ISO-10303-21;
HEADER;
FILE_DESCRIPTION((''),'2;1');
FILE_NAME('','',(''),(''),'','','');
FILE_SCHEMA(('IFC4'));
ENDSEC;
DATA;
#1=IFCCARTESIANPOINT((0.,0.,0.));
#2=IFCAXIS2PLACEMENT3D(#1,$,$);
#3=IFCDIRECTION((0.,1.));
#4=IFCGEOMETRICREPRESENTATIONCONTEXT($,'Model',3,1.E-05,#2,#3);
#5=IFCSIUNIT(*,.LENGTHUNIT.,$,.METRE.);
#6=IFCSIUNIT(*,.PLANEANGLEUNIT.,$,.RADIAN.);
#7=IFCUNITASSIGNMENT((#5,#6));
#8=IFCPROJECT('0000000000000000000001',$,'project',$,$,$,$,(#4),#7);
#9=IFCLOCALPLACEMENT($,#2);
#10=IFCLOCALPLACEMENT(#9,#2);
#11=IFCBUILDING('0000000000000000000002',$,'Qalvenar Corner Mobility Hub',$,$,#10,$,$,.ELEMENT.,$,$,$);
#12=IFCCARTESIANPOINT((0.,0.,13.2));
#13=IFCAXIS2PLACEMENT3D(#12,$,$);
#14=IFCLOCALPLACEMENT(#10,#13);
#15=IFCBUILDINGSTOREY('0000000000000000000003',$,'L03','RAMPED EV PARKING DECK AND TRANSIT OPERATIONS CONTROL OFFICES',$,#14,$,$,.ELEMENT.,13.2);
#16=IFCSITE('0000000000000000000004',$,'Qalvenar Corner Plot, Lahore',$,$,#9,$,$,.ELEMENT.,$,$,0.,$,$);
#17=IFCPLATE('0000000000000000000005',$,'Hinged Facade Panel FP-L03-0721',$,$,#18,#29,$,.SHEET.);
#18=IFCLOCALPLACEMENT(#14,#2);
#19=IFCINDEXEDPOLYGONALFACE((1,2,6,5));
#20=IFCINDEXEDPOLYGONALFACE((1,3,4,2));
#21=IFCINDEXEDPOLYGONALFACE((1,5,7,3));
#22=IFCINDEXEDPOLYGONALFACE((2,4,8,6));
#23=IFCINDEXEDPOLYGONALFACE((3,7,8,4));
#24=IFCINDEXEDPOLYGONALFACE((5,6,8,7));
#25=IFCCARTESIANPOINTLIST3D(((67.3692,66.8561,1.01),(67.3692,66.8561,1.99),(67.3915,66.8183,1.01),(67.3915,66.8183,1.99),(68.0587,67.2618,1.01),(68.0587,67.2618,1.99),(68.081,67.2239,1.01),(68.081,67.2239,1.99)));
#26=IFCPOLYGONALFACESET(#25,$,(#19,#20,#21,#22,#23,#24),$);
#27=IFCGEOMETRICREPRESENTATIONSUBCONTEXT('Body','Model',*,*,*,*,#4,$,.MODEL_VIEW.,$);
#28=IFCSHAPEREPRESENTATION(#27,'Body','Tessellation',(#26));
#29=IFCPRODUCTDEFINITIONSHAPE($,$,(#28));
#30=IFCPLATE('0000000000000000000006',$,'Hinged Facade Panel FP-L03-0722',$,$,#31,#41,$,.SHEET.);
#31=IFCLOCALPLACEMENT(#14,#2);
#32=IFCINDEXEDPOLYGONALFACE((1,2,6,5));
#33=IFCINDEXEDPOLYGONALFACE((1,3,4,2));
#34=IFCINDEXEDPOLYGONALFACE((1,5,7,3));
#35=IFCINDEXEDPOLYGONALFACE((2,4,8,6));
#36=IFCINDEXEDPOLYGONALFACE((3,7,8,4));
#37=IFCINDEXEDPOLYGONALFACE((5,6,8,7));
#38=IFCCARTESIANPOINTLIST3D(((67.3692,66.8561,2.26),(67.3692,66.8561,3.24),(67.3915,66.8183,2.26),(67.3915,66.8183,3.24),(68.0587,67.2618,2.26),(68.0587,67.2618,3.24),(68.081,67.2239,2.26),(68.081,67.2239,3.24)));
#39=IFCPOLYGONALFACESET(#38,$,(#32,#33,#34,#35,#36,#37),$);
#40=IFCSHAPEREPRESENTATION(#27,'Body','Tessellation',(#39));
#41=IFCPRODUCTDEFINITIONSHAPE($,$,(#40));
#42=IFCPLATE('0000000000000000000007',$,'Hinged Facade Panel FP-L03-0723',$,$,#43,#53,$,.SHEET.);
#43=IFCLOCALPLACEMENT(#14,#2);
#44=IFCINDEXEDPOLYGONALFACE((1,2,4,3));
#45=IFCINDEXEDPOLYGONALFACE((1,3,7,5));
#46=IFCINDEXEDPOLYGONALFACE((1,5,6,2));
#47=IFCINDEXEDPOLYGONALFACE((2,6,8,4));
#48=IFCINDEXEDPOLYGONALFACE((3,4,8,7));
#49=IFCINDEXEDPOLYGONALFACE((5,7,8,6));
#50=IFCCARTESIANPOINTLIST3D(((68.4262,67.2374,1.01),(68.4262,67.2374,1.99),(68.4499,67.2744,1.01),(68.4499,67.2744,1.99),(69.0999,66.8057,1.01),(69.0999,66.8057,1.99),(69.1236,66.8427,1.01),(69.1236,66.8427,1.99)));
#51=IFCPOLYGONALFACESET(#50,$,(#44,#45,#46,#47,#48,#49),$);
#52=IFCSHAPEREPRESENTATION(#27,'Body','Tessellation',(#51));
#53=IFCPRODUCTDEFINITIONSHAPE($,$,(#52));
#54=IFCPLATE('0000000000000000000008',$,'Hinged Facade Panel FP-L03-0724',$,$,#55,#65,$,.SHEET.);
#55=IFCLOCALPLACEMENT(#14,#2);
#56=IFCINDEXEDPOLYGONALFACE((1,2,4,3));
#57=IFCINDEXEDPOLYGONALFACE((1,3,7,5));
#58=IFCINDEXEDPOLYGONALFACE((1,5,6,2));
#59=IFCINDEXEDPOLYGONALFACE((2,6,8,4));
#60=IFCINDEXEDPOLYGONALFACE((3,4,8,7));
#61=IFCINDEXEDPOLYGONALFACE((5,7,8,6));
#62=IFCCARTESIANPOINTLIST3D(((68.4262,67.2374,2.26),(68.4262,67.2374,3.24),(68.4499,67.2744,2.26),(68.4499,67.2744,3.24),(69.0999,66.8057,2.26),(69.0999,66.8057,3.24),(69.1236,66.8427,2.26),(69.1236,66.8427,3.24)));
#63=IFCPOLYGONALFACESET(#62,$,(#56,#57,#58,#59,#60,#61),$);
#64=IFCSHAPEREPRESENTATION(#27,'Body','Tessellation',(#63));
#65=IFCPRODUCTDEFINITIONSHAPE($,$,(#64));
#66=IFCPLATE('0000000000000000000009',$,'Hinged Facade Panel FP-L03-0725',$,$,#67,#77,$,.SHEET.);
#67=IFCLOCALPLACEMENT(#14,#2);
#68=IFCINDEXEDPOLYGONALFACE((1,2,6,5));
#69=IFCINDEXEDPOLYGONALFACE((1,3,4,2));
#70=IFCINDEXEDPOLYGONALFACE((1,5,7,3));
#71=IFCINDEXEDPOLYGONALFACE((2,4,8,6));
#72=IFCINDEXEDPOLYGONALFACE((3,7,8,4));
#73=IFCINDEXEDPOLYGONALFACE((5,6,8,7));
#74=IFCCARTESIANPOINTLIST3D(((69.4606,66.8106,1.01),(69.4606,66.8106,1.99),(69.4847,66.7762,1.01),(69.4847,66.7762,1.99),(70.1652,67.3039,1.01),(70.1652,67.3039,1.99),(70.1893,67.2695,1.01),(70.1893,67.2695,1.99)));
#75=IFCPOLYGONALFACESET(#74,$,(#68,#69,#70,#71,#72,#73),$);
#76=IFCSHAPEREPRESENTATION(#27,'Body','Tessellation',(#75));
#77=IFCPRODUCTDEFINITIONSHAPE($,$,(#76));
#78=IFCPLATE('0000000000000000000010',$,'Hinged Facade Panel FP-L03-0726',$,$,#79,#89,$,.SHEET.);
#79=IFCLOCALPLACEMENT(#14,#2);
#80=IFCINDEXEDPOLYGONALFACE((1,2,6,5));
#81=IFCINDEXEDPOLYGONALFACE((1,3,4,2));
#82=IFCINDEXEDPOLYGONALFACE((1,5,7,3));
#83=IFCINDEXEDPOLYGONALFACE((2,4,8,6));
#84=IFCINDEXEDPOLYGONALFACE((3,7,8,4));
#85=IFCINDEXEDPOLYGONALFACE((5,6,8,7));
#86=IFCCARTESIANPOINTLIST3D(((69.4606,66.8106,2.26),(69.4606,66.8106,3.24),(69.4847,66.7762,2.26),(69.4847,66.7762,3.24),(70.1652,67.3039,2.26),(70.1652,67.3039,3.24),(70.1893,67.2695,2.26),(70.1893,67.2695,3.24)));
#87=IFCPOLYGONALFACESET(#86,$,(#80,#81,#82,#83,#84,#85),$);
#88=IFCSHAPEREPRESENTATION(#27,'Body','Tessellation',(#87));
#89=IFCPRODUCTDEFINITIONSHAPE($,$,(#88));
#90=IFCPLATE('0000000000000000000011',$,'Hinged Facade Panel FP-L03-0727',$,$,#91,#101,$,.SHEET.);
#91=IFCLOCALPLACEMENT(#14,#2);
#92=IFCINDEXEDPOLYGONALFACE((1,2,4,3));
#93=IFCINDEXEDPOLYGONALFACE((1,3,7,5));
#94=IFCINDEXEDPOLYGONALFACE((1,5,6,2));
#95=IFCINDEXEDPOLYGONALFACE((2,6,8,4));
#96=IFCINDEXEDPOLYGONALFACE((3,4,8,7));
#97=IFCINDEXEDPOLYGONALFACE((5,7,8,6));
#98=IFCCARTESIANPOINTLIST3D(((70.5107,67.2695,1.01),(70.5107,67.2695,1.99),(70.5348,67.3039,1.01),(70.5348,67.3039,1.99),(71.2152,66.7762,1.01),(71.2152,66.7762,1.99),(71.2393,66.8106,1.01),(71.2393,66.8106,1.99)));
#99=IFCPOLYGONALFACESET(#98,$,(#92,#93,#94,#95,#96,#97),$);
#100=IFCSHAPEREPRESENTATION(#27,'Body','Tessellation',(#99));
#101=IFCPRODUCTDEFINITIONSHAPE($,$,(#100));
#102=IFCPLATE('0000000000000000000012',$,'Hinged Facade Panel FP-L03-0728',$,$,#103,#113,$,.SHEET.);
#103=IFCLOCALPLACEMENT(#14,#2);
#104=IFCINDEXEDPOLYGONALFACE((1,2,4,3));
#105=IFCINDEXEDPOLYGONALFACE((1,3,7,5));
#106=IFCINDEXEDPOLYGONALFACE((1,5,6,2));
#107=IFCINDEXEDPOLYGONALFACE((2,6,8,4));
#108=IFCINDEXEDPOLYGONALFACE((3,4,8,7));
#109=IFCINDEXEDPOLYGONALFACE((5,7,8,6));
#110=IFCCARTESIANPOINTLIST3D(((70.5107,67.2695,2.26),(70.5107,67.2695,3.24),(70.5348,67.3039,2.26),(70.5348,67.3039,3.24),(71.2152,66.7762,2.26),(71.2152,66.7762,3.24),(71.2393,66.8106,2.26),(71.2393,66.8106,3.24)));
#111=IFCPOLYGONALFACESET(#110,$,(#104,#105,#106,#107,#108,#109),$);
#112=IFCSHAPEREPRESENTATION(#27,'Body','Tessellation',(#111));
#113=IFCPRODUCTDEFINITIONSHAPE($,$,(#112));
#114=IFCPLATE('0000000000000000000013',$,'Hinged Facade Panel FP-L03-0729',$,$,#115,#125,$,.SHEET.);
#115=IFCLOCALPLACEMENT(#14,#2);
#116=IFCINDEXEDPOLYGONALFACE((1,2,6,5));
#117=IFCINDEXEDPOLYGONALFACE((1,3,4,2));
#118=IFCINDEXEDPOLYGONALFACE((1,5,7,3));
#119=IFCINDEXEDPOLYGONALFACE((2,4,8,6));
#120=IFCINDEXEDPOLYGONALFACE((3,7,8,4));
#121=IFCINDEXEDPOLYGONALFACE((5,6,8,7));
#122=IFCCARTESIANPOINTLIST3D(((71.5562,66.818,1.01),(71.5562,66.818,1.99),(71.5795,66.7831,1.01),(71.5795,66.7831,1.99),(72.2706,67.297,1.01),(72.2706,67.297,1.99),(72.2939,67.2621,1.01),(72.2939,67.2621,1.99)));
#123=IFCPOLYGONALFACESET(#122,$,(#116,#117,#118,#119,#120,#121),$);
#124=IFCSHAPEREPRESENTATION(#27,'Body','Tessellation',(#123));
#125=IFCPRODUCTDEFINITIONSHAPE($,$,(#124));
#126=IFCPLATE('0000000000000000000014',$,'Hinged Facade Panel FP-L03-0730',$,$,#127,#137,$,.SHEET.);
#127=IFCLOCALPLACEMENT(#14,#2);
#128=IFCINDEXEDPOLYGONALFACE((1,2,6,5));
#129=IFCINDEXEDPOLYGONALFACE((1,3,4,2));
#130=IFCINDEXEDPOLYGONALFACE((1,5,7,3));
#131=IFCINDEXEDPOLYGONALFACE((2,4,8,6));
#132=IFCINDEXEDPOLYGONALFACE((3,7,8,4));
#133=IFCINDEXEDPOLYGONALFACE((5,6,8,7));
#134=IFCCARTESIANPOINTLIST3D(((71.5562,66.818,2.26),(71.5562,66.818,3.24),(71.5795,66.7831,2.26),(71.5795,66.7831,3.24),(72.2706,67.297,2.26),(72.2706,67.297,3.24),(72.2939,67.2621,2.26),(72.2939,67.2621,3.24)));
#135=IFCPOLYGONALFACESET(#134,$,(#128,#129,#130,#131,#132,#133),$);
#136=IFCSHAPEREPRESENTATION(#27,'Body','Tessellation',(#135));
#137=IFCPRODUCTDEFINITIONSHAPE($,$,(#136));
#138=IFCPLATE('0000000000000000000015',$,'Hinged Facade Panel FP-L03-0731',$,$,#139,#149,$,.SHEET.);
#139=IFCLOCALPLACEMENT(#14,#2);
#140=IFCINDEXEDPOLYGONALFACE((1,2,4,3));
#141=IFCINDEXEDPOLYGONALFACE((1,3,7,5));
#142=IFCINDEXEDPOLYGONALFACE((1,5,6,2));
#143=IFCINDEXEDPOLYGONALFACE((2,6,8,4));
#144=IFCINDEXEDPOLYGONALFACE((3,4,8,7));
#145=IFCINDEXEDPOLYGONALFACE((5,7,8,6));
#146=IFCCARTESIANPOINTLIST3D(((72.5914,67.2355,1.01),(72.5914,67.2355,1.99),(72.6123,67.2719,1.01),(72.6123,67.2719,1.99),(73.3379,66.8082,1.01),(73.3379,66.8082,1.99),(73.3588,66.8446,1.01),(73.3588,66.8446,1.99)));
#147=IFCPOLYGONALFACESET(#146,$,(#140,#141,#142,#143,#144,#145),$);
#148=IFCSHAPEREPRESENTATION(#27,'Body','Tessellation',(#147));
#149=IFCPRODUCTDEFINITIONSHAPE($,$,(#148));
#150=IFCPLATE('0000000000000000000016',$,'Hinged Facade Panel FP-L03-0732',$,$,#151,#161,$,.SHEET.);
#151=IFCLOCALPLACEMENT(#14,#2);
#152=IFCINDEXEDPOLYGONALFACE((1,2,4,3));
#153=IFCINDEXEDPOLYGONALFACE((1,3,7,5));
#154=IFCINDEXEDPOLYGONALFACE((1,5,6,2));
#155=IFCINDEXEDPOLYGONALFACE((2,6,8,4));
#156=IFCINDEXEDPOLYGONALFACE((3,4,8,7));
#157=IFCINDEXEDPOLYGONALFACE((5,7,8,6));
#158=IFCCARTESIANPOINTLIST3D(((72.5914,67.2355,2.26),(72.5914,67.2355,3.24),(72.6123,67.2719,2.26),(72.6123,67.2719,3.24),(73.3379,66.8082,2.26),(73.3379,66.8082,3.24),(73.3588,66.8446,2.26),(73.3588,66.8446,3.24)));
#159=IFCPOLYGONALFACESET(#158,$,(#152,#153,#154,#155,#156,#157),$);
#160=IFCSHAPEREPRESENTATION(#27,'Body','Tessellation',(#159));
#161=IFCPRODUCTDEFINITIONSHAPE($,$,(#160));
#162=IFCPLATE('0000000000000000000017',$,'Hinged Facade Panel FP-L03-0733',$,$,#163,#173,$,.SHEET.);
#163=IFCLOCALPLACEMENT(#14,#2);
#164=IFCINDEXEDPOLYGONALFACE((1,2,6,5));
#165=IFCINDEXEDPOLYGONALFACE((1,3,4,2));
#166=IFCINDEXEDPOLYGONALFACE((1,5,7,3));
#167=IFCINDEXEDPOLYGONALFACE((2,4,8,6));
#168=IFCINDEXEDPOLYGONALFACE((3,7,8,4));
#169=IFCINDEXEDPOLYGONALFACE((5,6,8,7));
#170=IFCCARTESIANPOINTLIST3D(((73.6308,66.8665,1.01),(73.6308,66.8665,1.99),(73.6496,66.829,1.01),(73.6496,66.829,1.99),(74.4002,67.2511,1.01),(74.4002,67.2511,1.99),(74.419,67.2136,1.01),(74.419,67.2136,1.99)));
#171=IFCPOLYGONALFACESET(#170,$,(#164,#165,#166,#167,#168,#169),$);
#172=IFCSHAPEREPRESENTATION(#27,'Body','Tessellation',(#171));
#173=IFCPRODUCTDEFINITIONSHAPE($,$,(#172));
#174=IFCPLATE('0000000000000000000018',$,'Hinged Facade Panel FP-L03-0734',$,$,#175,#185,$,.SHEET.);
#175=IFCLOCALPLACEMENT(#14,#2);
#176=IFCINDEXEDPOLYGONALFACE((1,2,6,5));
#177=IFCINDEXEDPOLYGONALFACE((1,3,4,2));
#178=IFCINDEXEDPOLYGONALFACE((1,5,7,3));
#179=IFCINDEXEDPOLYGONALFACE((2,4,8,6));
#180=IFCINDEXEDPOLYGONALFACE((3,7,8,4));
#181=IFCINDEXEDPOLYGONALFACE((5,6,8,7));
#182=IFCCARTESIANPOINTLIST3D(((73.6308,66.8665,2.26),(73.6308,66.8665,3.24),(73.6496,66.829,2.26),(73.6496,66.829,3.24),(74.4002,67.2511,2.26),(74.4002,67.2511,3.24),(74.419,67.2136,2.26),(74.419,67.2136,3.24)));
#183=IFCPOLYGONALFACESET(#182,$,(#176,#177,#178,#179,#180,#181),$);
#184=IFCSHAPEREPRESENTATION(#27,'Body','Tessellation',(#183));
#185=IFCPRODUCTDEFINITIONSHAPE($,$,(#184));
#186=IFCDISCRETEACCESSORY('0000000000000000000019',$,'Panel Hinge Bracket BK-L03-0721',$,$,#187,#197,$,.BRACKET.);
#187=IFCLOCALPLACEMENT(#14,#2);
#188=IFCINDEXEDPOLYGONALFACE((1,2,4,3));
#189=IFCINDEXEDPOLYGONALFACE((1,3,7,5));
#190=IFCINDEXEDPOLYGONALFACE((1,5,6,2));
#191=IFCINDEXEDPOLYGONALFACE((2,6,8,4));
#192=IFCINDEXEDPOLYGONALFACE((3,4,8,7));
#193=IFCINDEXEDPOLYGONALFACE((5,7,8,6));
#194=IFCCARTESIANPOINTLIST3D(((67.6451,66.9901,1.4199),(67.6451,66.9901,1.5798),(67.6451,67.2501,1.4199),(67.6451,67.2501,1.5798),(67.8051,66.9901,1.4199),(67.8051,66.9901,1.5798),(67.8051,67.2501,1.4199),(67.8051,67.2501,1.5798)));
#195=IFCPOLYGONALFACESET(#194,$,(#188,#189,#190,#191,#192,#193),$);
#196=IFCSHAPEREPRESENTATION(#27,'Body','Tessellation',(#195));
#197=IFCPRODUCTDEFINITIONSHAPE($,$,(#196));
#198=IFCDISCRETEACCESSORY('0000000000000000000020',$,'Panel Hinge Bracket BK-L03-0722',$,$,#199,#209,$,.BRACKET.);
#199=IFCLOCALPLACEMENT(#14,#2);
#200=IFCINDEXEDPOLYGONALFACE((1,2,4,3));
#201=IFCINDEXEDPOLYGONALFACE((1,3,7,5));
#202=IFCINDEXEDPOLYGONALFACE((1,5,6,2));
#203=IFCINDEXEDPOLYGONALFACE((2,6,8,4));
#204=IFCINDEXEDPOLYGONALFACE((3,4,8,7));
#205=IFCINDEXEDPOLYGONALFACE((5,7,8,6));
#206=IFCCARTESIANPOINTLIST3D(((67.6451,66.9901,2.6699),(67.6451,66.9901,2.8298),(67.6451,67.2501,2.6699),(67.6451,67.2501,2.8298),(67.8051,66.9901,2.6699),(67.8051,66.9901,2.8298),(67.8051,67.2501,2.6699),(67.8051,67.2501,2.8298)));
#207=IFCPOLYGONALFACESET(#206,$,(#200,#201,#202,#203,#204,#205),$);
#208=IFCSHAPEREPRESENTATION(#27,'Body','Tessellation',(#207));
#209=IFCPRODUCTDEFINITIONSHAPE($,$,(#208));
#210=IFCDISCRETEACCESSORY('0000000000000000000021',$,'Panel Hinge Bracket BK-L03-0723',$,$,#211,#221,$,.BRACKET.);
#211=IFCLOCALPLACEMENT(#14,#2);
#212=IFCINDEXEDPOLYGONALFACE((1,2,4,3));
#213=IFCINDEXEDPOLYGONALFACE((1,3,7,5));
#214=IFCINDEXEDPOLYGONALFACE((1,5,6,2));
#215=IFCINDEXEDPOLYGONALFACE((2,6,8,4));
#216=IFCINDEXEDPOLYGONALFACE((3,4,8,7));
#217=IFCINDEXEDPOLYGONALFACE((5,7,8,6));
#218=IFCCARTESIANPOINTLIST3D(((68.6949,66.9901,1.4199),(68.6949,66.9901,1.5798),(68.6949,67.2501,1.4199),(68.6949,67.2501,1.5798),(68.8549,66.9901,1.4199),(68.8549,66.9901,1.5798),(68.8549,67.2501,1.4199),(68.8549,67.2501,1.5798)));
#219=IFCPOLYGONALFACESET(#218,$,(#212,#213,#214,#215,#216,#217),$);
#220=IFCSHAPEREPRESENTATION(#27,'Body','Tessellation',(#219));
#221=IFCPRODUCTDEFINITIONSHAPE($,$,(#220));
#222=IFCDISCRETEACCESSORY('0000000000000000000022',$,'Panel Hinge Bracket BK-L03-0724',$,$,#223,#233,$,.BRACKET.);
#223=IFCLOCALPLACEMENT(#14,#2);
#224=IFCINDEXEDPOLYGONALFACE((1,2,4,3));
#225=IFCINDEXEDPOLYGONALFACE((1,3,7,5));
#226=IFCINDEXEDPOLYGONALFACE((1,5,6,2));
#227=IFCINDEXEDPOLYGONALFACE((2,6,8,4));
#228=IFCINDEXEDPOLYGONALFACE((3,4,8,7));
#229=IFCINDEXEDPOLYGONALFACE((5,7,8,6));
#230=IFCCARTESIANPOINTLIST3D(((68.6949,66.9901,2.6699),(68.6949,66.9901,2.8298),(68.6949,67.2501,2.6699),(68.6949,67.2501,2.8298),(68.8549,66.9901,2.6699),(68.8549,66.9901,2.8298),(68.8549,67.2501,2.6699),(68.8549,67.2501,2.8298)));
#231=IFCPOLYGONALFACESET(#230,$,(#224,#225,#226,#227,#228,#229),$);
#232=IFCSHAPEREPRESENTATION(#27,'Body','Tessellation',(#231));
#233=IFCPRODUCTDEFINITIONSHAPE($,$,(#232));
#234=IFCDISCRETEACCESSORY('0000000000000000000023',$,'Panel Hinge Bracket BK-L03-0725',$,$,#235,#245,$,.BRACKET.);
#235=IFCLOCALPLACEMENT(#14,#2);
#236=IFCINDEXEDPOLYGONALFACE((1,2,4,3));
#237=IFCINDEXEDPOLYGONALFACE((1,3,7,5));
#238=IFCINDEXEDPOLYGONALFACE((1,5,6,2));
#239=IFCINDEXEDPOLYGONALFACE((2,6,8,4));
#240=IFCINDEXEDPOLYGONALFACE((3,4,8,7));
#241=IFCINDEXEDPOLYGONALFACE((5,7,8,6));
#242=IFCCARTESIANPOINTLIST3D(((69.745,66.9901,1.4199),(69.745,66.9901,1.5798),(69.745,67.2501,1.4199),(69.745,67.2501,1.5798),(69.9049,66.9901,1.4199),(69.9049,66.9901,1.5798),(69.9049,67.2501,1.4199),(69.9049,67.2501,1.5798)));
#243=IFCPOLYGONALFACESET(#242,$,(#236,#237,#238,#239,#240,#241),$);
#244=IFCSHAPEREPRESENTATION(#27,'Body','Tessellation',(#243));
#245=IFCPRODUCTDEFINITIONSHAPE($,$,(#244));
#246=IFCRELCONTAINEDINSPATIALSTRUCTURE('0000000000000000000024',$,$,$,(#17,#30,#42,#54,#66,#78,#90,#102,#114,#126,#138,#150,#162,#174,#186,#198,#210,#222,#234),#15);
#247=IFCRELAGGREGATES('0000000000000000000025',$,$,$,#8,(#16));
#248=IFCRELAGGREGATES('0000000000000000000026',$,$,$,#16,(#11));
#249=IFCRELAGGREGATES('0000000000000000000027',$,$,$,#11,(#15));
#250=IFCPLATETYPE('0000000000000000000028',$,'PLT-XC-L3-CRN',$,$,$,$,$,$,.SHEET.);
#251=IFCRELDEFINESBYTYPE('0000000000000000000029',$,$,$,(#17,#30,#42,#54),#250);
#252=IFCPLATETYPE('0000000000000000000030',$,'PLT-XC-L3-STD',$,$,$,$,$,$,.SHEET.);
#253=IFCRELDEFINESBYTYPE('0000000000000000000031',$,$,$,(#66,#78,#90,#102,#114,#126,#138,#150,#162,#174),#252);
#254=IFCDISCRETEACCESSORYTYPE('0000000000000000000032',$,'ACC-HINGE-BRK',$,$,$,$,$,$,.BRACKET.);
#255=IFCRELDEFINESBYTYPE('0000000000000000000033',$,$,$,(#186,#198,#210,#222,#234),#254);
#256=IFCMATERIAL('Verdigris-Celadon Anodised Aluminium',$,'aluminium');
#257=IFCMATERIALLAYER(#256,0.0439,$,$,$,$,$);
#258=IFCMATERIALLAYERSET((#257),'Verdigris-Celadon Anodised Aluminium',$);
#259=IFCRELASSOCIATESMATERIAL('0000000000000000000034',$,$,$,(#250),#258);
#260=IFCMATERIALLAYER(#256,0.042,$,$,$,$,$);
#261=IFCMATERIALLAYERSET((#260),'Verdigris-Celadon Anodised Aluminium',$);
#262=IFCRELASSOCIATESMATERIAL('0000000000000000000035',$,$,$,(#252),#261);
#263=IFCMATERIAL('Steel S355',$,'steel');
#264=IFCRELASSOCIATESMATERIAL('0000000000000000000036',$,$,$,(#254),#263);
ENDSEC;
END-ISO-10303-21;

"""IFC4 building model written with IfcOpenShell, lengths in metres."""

from ifc_helpers import new_model, si_unit, direction, frame, origin, origin_2d, place, context, subcontext, project, spatial, rectangle, extrude, material, layer, layer_set, type_object, element, save


model = new_model("IFC4")

# Units and contexts
model_context = context("Model", 3, precision=1e-05, world=origin(), true_north=direction((0.0, 1.0)))
body_context = subcontext(model_context, "Body", "Model", "MODEL_VIEW")
ifc_project = project(units=[si_unit("LENGTHUNIT", "METRE"), si_unit("PLANEANGLEUNIT", "RADIAN")], contexts=[model_context])

# Site, building, storey
site_placement = place(None, origin())
site = spatial("IfcSite", under=ifc_project, at=site_placement, Name="Qalvenar Corner Plot, Lahore", CompositionType="ELEMENT", RefElevation=0.0)
building_placement = place(site_placement, origin())
building = spatial("IfcBuilding", under=site, at=building_placement, Name="Qalvenar Corner Mobility Hub", CompositionType="ELEMENT")
storey_placement = place(building_placement, frame((0.0, 0.0, 13.2)))
storey = spatial("IfcBuildingStorey", under=building, at=storey_placement, Name="L03", Description="RAMPED EV PARKING DECK AND TRANSIT OPERATIONS CONTROL OFFICES", CompositionType="ELEMENT", Elevation=13.2)

# Plates
ifc_material_1 = material(Name="Verdigris-Celadon Anodised Aluminium", Category="aluminium")
ifc_layer_1 = layer(ifc_material_1, 0.0439)
ifc_layer_set_1 = layer_set([ifc_layer_1], Name="Verdigris-Celadon Anodised Aluminium")
plate_type_1 = type_object("IfcPlateType", Name="PLT-XC-L3-CRN", PredefinedType="SHEET", material=ifc_layer_set_1)
for number, where, z_axis, x_axis, name in (
    (1, (67.7251, 67.04, 1.01), (0.0, 0.0, 1.0), (0.861895, 0.507087, 0.0), "Hinged Facade Panel FP-L03-0721"),
    (2, (67.7251, 67.04, 2.26), (0.0, 0.0, 1.0), (0.861895, 0.507087, 0.0), "Hinged Facade Panel FP-L03-0722"),
    (3, (68.7749, 67.04, 1.01), (0.0, 0.0, 1.0), (0.841982, -0.539506, 0.0), "Hinged Facade Panel FP-L03-0723"),
    (4, (68.7749, 67.04, 2.26), (0.0, 0.0, 1.0), (0.841982, -0.539506, 0.0), "Hinged Facade Panel FP-L03-0724"),
):
    element("IfcPlate", number, at=place(storey_placement, frame(where, z_axis=z_axis, x_axis=x_axis)), inside=storey, type_object=plate_type_1, Name=name, PredefinedType="SHEET", context=body_context, shape_type="SweptSolid", body=[
        extrude(rectangle(XDim=0.8, YDim=0.0439, at=origin_2d()), origin(), (0.0, 0.0, 1.0), 0.98),
    ])
ifc_layer_2 = layer(ifc_material_1, 0.042)
ifc_layer_set_2 = layer_set([ifc_layer_2], Name="Verdigris-Celadon Anodised Aluminium")
plate_type_2 = type_object("IfcPlateType", Name="PLT-XC-L3-STD", PredefinedType="SHEET", material=ifc_layer_set_2)
for number, where, z_axis, x_axis, name in (
    (5, (69.825, 67.04, 1.01), (0.0, 0.0, 1.0), (0.819152, 0.573576, 0.0), "Hinged Facade Panel FP-L03-0725"),
    (6, (69.825, 67.04, 2.26), (0.0, 0.0, 1.0), (0.819152, 0.573576, 0.0), "Hinged Facade Panel FP-L03-0726"),
    (7, (70.875, 67.04, 1.01), (0.0, 0.0, 1.0), (0.819152, -0.573576, 0.0), "Hinged Facade Panel FP-L03-0727"),
    (8, (70.875, 67.04, 2.26), (0.0, 0.0, 1.0), (0.819152, -0.573576, 0.0), "Hinged Facade Panel FP-L03-0728"),
    (9, (71.925, 67.04, 1.01), (0.0, 0.0, 1.0), (0.830596, 0.556876, 0.0), "Hinged Facade Panel FP-L03-0729"),
    (10, (71.925, 67.04, 2.26), (0.0, 0.0, 1.0), (0.830596, 0.556876, 0.0), "Hinged Facade Panel FP-L03-0730"),
    (11, (72.9751, 67.04, 1.01), (0.0, 0.0, 1.0), (0.867852, -0.496822, 0.0), "Hinged Facade Panel FP-L03-0731"),
    (12, (72.9751, 67.04, 2.26), (0.0, 0.0, 1.0), (0.867852, -0.496822, 0.0), "Hinged Facade Panel FP-L03-0732"),
    (13, (74.0249, 67.04, 1.01), (0.0, 0.0, 1.0), (0.894467, 0.447135, 0.0), "Hinged Facade Panel FP-L03-0733"),
    (14, (74.0249, 67.04, 2.26), (0.0, 0.0, 1.0), (0.894467, 0.447135, 0.0), "Hinged Facade Panel FP-L03-0734"),
):
    element("IfcPlate", number, at=place(storey_placement, frame(where, z_axis=z_axis, x_axis=x_axis)), inside=storey, type_object=plate_type_2, Name=name, PredefinedType="SHEET", context=body_context, shape_type="SweptSolid", body=[
        extrude(rectangle(XDim=0.8601, YDim=0.042, at=origin_2d()), origin(), (0.0, 0.0, 1.0), 0.98),
    ])

# Discrete accessories
ifc_material_2 = material(Name="Steel S355", Category="steel")
discrete_accessory_type = type_object("IfcDiscreteAccessoryType", Name="ACC-HINGE-BRK", PredefinedType="BRACKET", material=ifc_material_2)
for number, where, z_axis, x_axis, name in (
    (15, (67.7251, 67.1201, 1.4199), (0.0, 0.0, 1.0), (1.0, 0.0, 0.0), "Panel Hinge Bracket BK-L03-0721"),
    (16, (67.7251, 67.1201, 2.6699), (0.0, 0.0, 1.0), (1.0, 0.0, 0.0), "Panel Hinge Bracket BK-L03-0722"),
    (17, (68.7749, 67.1201, 1.4199), (0.0, 0.0, 1.0), (1.0, 0.0, 0.0), "Panel Hinge Bracket BK-L03-0723"),
    (18, (68.7749, 67.1201, 2.6699), (0.0, 0.0, 1.0), (1.0, 0.0, 0.0), "Panel Hinge Bracket BK-L03-0724"),
    (19, (69.825, 67.1201, 1.4199), (0.0, 0.0, 1.0), (1.0, 0.0, 0.0), "Panel Hinge Bracket BK-L03-0725"),
):
    element("IfcDiscreteAccessory", number, at=place(storey_placement, frame(where, z_axis=z_axis, x_axis=x_axis)), inside=storey, type_object=discrete_accessory_type, Name=name, PredefinedType="BRACKET", context=body_context, shape_type="SweptSolid", body=[
        extrude(rectangle(XDim=0.1599, YDim=0.26, at=origin_2d()), origin(), (0.0, 0.0, 1.0), 0.1599),
    ])

save(model, "model.ifc")
